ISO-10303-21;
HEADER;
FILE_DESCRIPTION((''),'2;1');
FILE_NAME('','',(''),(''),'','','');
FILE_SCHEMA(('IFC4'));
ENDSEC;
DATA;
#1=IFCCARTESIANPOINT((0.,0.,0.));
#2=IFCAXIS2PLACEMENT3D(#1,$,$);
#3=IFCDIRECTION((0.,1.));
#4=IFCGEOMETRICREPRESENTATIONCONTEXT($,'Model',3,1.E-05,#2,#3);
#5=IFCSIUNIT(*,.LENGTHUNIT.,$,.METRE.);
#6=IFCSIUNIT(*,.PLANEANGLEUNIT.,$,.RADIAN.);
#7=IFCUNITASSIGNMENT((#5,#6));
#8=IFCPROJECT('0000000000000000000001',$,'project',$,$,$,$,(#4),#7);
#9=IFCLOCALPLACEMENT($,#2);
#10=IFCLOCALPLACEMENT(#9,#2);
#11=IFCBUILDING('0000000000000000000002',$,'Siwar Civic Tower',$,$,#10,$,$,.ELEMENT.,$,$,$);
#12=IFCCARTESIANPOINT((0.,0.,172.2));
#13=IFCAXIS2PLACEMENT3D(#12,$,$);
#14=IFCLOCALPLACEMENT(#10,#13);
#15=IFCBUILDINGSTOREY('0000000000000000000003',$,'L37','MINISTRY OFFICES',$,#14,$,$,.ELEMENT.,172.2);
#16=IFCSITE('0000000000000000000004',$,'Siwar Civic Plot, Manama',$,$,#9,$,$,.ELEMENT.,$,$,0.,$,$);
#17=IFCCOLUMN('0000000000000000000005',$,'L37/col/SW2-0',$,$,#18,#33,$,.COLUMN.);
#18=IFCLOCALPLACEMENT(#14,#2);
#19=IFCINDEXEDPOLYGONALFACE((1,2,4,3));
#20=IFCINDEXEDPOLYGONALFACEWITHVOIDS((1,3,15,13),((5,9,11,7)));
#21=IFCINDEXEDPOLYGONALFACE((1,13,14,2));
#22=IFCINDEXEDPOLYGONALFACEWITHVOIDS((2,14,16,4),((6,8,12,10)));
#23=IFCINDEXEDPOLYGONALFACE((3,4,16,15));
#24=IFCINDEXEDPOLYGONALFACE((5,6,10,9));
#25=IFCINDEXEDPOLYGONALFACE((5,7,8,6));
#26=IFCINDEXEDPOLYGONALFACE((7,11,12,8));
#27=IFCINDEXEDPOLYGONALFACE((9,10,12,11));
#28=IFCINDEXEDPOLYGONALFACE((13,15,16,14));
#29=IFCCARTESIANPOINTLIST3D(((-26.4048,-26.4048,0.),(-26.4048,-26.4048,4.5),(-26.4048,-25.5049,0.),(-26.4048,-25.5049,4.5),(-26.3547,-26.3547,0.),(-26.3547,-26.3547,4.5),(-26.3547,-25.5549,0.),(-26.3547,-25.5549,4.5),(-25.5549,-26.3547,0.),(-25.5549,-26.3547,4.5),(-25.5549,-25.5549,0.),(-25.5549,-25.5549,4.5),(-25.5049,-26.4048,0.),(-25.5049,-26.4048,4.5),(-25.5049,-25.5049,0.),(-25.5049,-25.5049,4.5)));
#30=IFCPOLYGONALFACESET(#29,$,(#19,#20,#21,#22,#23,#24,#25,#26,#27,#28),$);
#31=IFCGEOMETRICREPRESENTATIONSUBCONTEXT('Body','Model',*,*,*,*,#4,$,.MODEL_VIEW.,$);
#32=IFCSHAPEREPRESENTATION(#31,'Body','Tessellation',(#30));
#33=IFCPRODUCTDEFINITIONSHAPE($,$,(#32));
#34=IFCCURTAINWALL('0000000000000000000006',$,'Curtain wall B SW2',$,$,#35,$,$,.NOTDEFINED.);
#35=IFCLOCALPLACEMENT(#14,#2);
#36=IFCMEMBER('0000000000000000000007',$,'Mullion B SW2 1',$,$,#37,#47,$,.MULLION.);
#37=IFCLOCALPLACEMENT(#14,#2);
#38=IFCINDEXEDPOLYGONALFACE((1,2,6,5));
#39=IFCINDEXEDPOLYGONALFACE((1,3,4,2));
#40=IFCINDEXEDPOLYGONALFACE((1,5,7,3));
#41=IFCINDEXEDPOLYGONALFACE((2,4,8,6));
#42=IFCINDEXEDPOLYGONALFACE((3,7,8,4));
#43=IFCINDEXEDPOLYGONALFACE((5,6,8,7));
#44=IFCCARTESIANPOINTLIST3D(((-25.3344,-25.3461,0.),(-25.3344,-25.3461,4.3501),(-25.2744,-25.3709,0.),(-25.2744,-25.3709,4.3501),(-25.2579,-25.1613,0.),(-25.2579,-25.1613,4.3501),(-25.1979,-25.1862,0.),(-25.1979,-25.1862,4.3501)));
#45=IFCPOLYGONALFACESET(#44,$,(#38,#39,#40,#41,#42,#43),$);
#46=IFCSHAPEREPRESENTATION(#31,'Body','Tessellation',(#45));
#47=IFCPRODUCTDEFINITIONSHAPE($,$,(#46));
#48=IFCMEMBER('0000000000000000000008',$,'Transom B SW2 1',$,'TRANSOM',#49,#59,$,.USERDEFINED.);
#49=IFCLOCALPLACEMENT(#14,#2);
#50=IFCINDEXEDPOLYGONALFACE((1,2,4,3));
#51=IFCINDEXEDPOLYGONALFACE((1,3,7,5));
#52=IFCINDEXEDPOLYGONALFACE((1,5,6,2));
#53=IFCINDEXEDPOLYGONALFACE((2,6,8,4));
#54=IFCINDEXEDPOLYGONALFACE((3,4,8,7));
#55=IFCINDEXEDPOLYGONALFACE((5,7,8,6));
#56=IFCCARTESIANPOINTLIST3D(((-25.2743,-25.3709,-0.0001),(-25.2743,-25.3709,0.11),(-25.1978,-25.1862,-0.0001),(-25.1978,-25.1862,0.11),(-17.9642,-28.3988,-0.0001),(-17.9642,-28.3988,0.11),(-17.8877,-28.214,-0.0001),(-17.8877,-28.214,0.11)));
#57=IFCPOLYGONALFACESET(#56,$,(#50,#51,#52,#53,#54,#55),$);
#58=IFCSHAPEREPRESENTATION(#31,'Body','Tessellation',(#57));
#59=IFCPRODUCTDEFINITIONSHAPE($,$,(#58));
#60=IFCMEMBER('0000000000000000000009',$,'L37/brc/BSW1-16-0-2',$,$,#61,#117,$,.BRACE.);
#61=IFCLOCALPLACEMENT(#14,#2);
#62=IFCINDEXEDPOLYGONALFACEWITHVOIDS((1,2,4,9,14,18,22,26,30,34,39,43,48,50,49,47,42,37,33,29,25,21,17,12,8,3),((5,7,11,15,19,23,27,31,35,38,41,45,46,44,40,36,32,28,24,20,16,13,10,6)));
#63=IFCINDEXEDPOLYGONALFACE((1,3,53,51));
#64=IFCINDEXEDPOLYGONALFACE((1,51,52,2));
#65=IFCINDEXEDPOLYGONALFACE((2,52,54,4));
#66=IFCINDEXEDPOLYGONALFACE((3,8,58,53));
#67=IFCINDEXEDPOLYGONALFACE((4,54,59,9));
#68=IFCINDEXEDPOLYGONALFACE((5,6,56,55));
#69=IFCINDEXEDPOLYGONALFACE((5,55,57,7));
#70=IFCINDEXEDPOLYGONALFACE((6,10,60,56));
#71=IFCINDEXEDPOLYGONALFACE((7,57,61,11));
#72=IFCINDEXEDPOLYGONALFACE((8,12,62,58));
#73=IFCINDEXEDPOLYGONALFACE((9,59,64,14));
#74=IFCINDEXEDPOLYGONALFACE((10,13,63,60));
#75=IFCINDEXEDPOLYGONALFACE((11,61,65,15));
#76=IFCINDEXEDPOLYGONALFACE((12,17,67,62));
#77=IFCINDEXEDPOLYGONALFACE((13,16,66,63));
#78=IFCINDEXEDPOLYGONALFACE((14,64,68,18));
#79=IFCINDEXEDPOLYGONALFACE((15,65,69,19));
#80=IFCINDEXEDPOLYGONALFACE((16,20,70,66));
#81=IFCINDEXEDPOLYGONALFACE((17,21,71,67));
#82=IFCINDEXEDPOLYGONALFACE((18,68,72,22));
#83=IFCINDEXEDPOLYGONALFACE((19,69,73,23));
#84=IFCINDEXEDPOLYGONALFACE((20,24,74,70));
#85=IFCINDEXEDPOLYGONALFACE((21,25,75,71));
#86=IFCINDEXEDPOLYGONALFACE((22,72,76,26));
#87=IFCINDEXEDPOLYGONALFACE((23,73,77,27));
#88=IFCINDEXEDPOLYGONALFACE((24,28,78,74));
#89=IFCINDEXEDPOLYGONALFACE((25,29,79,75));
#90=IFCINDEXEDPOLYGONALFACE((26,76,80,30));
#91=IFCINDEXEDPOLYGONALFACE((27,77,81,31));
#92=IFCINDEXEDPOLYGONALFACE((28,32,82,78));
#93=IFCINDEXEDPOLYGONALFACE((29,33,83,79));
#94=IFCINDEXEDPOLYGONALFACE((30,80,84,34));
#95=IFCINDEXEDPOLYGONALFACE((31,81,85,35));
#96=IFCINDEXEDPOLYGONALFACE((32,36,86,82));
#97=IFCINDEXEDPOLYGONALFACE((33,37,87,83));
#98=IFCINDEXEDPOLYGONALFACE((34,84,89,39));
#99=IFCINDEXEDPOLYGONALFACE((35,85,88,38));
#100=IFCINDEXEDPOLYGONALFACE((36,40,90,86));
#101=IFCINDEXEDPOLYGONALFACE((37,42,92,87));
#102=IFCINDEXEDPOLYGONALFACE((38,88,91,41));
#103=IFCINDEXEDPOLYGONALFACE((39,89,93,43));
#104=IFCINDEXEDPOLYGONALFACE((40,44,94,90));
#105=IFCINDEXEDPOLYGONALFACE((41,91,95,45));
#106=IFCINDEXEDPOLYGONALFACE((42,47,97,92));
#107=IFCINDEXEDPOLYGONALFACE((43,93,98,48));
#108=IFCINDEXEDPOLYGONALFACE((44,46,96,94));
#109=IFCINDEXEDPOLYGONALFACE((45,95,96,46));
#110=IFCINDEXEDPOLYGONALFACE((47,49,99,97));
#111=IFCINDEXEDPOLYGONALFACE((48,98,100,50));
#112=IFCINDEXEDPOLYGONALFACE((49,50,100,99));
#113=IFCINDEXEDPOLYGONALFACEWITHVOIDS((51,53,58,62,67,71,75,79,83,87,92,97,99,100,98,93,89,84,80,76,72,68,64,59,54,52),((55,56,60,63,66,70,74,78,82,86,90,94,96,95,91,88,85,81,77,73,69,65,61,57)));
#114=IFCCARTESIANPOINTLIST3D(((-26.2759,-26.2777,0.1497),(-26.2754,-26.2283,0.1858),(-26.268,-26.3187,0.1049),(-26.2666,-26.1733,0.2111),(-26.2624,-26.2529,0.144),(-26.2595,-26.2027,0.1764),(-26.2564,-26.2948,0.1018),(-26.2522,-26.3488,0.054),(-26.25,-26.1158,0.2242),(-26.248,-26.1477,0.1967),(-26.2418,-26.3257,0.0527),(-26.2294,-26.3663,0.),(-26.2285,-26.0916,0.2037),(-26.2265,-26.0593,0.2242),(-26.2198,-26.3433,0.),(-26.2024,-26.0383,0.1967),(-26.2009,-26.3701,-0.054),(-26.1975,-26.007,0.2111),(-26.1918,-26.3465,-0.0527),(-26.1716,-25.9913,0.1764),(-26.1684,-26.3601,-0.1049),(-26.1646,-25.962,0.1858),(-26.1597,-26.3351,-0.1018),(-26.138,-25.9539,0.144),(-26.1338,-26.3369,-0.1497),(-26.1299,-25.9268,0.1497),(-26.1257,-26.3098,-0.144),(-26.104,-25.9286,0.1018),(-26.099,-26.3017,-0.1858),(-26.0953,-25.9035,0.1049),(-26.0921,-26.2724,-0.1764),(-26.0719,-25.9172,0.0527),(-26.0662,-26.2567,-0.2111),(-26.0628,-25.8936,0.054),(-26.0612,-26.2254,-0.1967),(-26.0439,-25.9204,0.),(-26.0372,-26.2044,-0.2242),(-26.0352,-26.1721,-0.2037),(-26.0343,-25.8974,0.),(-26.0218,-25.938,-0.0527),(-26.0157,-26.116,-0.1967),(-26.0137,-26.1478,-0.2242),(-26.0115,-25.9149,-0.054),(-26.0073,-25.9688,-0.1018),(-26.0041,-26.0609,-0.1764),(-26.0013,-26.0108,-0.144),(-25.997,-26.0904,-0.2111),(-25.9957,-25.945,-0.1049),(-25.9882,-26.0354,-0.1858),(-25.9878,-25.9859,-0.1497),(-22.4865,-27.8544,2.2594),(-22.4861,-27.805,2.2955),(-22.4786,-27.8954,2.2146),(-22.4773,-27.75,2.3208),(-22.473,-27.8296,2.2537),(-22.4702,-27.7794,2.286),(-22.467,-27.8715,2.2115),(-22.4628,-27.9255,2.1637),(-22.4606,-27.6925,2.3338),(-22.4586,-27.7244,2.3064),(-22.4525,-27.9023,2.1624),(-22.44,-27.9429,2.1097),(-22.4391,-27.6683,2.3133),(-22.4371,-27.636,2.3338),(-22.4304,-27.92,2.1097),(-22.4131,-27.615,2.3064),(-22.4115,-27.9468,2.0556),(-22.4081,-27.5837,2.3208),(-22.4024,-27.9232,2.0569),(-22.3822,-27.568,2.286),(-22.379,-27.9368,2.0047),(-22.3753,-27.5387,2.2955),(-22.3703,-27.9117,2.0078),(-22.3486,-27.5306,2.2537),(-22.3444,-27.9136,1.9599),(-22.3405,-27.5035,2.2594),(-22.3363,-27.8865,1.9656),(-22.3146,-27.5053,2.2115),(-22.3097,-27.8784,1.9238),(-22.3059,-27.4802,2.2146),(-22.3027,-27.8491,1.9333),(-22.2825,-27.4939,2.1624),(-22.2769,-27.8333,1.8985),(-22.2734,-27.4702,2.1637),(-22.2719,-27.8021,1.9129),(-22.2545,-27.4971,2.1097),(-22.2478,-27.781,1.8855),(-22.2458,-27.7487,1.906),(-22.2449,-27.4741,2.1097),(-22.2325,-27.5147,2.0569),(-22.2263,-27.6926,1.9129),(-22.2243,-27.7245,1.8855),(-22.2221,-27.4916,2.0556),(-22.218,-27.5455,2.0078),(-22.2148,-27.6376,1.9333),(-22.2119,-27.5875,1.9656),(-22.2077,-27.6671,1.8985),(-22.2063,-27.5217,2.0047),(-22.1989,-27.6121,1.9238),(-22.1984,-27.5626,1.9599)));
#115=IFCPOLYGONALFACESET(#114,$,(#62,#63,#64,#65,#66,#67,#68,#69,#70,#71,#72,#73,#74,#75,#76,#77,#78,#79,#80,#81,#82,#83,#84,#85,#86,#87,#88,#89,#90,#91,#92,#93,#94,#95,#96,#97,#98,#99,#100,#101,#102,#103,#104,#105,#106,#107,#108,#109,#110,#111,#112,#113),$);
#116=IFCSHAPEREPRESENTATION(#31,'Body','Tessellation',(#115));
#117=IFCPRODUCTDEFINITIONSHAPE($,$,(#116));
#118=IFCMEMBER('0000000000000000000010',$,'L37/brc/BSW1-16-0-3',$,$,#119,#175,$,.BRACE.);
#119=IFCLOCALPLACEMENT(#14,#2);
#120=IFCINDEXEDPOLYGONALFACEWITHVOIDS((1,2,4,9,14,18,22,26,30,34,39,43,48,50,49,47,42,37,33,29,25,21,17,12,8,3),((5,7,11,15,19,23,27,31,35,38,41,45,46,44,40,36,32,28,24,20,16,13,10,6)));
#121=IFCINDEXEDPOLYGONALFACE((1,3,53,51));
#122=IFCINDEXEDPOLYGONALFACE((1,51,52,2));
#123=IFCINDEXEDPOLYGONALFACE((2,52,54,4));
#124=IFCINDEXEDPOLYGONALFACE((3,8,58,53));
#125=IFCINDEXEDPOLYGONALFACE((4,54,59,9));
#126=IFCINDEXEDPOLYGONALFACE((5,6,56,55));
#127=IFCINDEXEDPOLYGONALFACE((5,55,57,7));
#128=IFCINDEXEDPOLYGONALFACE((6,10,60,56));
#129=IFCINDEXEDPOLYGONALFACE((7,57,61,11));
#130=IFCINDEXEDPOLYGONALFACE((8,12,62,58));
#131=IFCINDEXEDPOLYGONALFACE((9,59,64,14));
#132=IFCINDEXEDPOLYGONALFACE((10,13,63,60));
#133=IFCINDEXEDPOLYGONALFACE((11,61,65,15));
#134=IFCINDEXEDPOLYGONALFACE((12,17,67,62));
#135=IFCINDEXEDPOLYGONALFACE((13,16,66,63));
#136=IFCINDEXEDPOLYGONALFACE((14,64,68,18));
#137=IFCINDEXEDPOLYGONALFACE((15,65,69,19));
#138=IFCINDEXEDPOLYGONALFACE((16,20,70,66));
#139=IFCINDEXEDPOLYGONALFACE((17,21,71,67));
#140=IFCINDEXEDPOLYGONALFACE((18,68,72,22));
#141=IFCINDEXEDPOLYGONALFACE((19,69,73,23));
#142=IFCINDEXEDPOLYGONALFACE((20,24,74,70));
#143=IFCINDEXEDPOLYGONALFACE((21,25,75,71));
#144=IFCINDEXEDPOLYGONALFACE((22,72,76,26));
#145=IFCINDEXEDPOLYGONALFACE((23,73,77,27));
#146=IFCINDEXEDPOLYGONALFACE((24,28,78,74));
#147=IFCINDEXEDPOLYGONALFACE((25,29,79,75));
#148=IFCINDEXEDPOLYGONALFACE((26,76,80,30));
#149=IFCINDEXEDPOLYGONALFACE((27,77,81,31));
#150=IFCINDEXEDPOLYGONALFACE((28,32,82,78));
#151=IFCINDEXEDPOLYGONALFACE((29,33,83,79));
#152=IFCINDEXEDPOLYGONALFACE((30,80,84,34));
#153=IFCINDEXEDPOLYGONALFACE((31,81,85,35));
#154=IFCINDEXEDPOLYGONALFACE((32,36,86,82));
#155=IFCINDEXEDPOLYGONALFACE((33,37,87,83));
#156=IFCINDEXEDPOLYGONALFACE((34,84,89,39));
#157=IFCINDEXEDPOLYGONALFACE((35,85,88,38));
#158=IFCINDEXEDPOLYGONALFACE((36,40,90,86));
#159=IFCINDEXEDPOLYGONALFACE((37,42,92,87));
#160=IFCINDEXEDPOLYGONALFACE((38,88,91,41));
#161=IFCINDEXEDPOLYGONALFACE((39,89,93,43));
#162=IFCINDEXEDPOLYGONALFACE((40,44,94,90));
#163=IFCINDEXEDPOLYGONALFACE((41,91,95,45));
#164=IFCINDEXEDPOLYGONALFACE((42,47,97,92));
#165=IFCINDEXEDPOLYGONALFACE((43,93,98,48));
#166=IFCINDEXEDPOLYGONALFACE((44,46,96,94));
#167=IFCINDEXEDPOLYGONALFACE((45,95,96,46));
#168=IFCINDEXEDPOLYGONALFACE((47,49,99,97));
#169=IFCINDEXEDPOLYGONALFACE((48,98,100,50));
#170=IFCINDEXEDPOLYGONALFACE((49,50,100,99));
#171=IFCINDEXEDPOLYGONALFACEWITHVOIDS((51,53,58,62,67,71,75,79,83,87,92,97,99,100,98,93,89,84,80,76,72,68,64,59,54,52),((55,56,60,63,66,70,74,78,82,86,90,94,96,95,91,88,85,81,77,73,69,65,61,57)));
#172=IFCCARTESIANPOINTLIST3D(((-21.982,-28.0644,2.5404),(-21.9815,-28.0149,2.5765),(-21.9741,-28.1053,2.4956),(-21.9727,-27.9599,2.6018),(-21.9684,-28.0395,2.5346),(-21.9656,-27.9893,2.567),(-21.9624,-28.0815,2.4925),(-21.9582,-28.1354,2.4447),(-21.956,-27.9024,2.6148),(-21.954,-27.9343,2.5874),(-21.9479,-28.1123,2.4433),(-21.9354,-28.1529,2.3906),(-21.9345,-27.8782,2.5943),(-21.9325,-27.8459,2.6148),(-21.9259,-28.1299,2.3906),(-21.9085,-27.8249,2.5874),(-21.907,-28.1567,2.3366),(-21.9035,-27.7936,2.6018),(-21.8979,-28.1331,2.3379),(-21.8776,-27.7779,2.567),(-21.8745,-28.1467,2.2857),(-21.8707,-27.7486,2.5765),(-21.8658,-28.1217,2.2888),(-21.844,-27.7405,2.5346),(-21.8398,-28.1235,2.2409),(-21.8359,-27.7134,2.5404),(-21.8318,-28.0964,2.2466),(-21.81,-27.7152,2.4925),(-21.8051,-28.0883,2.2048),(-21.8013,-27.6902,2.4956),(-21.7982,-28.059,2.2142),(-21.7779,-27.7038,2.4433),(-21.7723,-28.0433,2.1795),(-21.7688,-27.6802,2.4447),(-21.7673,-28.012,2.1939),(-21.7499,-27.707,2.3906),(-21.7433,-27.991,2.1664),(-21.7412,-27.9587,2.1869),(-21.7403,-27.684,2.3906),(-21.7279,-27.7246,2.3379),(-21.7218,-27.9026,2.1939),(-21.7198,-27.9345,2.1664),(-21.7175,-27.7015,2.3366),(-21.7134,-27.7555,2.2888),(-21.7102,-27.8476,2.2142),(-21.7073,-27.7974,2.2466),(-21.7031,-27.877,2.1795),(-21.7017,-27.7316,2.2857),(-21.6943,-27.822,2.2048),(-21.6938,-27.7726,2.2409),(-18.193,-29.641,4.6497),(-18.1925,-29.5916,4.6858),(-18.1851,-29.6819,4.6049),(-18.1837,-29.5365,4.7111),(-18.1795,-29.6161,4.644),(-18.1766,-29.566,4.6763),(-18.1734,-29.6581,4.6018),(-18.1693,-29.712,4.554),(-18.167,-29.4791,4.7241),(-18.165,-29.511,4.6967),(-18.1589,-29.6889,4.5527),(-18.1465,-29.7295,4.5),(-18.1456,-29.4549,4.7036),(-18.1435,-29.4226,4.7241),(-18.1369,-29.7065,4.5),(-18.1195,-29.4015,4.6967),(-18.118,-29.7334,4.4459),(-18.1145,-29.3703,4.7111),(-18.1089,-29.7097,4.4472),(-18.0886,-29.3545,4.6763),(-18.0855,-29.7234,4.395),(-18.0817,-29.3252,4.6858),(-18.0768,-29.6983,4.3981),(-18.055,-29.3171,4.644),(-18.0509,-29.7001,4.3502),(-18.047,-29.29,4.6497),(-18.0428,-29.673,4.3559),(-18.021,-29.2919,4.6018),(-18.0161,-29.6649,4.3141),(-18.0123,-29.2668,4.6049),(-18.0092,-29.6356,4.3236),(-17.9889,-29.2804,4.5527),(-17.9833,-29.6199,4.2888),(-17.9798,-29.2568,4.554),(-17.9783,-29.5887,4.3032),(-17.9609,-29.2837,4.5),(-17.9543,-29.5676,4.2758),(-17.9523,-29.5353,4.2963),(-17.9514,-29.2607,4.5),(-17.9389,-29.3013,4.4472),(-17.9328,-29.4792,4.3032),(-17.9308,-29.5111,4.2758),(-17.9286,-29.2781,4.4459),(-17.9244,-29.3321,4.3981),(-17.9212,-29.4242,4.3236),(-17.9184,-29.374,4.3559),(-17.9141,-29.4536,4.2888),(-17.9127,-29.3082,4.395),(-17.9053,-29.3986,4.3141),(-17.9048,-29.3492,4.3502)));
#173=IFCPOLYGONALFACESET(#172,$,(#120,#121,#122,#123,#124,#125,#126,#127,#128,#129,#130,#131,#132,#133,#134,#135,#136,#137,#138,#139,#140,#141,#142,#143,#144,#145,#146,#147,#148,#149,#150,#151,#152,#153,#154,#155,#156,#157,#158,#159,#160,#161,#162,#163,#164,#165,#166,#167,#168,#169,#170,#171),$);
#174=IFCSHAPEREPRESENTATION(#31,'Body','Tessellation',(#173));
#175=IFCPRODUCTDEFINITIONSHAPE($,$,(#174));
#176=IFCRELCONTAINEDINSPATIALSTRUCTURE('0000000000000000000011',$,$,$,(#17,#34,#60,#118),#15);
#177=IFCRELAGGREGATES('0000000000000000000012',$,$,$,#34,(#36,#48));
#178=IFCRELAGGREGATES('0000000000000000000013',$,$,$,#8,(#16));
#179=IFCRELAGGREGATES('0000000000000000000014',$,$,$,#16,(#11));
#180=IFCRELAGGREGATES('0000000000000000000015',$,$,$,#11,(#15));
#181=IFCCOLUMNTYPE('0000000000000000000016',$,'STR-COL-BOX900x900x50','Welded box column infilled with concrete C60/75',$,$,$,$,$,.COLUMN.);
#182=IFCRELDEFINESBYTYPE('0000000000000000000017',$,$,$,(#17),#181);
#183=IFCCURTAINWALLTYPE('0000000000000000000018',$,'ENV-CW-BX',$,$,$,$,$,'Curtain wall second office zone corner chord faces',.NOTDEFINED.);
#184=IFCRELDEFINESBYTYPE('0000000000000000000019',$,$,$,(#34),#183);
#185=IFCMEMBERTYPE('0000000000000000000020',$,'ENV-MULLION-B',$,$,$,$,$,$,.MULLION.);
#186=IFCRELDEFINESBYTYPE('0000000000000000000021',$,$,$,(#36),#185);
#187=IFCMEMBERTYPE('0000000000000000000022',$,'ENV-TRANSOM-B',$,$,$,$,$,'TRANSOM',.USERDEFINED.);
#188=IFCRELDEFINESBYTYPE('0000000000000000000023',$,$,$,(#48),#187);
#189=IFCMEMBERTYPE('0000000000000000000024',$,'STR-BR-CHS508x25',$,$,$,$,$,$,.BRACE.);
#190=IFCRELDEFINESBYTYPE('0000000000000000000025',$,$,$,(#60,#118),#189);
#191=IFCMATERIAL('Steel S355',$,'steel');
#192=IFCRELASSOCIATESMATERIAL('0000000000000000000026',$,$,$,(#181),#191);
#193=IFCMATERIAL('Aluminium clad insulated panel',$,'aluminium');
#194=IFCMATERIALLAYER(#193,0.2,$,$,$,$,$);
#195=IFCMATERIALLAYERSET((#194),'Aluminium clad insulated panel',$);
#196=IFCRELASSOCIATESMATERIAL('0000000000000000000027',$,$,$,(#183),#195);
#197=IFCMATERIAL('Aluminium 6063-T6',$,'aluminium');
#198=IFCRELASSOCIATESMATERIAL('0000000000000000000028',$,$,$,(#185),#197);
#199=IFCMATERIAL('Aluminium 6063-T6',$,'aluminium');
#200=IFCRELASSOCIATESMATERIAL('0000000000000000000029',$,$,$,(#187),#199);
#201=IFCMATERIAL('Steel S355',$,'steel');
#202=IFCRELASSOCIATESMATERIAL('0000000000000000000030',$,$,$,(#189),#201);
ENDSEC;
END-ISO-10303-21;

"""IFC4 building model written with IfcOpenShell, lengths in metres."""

from ifc_helpers import new_model, si_unit, direction, frame, origin, origin_2d, place, context, subcontext, project, spatial, rectangle, hollow_rectangle, hollow_circle, extrude, material, layer, layer_set, material_profile, profile_set, type_object, element, aggregate, save


model = new_model("IFC4")

# Units and contexts
model_context = context("Model", 3, precision=1e-05, world=origin(), true_north=direction((0.0, 1.0)))
body_context = subcontext(model_context, "Body", "Model", "MODEL_VIEW")
ifc_project = project(units=[si_unit("LENGTHUNIT", "METRE"), si_unit("PLANEANGLEUNIT", "RADIAN")], contexts=[model_context])

# Site, building, storey
site_placement = place(None, origin())
site = spatial("IfcSite", under=ifc_project, at=site_placement, Name="Siwar Civic Plot, Manama", CompositionType="ELEMENT", RefElevation=0.0)
building_placement = place(site_placement, origin())
building = spatial("IfcBuilding", under=site, at=building_placement, Name="Siwar Civic Tower", CompositionType="ELEMENT")
storey_placement = place(building_placement, frame((0.0, 0.0, 172.2)))
storey = spatial("IfcBuildingStorey", under=building, at=storey_placement, Name="L37", Description="MINISTRY OFFICES", CompositionType="ELEMENT", Elevation=172.2)

# Column
ifc_material_1 = material(Name="Steel S355", Category="steel")
ifc_material_profile_1 = material_profile(ifc_material_1, hollow_rectangle(XDim=0.8999, YDim=0.8999, WallThickness=0.05, at=origin_2d()), Name="BOX900x900x50")
ifc_profile_set_1 = profile_set([ifc_material_profile_1], Name="Steel S355")
column_type = type_object("IfcColumnType", Name="STR-COL-BOX900x900x50", Description="Welded box column infilled with concrete C60/75", PredefinedType="COLUMN", material=ifc_profile_set_1)
column_placement = place(storey_placement, frame((-25.9548, -25.9548, 0.0), z_axis=(0.0, 0.0, 1.0), x_axis=(1.0, 0.0, 0.0)))
element("IfcColumn", 1, at=column_placement, inside=storey, type_object=column_type, Name="L37/col/SW2-0", PredefinedType="COLUMN", context=body_context, shape_type="SweptSolid", body=[
    extrude(hollow_rectangle(XDim=0.8999, YDim=0.8999, WallThickness=0.05, at=origin_2d()), origin(), (0.0, 0.0, 1.0), 4.5),
])

# Curtain wall, members
ifc_material_2 = material(Name="Aluminium clad insulated panel", Category="aluminium")
ifc_layer_1 = layer(ifc_material_2, 0.2)
ifc_layer_set_1 = layer_set([ifc_layer_1], Name="Aluminium clad insulated panel")
curtain_wall_type = type_object("IfcCurtainWallType", Name="ENV-CW-BX", ElementType="Curtain wall second office zone corner chord faces", PredefinedType="NOTDEFINED", material=ifc_layer_set_1)
curtain_wall_placement = place(storey_placement, origin())
curtain_wall = element("IfcCurtainWall", 2, at=curtain_wall_placement, inside=storey, type_object=curtain_wall_type, Name="Curtain wall B SW2", PredefinedType="NOTDEFINED")
ifc_material_3 = material(Name="Aluminium 6063-T6", Category="aluminium")
ifc_material_profile_2 = material_profile(ifc_material_3, rectangle(XDim=0.2, YDim=0.0649, at=origin_2d()), Name="AL 200x65")
ifc_profile_set_2 = profile_set([ifc_material_profile_2], Name="Aluminium 6063-T6")
member_type_1 = type_object("IfcMemberType", Name="ENV-MULLION-B", PredefinedType="MULLION", material=ifc_profile_set_2)
member_1_placement = place(storey_placement, frame((-25.2661, -25.2661, 0.0), z_axis=(0.0, 0.0, 1.0), x_axis=(0.382683, 0.92388, 0.0)))
member_1 = element("IfcMember", 3, at=member_1_placement, type_object=member_type_1, Name="Mullion B SW2 1", PredefinedType="MULLION", context=body_context, shape_type="SweptSolid", body=[
    extrude(rectangle(XDim=0.2, YDim=0.0649, at=origin_2d()), origin(), (0.0, 0.0, 1.0), 4.3501),
])
ifc_material_4 = material(Name="Aluminium 6063-T6", Category="aluminium")
ifc_material_profile_3 = material_profile(ifc_material_4, rectangle(XDim=0.2, YDim=0.1101, at=origin_2d()), Name="AL 200x110")
ifc_profile_set_3 = profile_set([ifc_material_profile_3], Name="Aluminium 6063-T6")
member_type_2 = type_object("IfcMemberType", Name="ENV-TRANSOM-B", ElementType="TRANSOM", PredefinedType="USERDEFINED", material=ifc_profile_set_3)
member_2_placement = place(storey_placement, frame((-25.2361, -25.2786, 0.0549), z_axis=(0.923884, -0.382673, 0.0), x_axis=(0.382673, 0.923884, 0.0)))
member_2 = element("IfcMember", 4, at=member_2_placement, type_object=member_type_2, Name="Transom B SW2 1", ObjectType="TRANSOM", PredefinedType="USERDEFINED", context=body_context, shape_type="SweptSolid", body=[
    extrude(rectangle(XDim=0.2, YDim=0.1101, at=origin_2d()), origin(), (0.0, 0.0, 1.0), 7.9124),
])

# Members
ifc_material_5 = material(Name="Steel S355", Category="steel")
ifc_material_profile_4 = material_profile(ifc_material_5, hollow_circle(Radius=0.2539, WallThickness=0.0249, at=origin_2d()), Name="CHS508x25")
ifc_profile_set_4 = profile_set([ifc_material_profile_4], Name="Steel S355")
member_type_3 = type_object("IfcMemberType", Name="STR-BR-CHS508x25", PredefinedType="BRACE", material=ifc_profile_set_4)
member_3_placement = place(storey_placement, frame((-26.1318, -26.1318, 0.0), z_axis=(0.821143, -0.341662, 0.457155), x_axis=(0.384155, 0.923269, 0.0)))
element("IfcMember", 5, at=member_3_placement, inside=storey, type_object=member_type_3, Name="L37/brc/BSW1-16-0-2", PredefinedType="BRACE", context=body_context, shape_type="SweptSolid", body=[
    extrude(hollow_circle(Radius=0.2539, WallThickness=0.0249, at=origin_2d()), origin(), (0.0, 0.0, 1.0), 4.6147),
])
member_4_placement = place(storey_placement, frame((-21.8379, -27.9185, 2.3906), z_axis=(0.821146, -0.341686, 0.457133), x_axis=(0.384176, 0.92326, 0.0)))
element("IfcMember", 6, at=member_4_placement, inside=storey, type_object=member_type_3, Name="L37/brc/BSW1-16-0-3", PredefinedType="BRACE", context=body_context, shape_type="SweptSolid", body=[
    extrude(hollow_circle(Radius=0.2539, WallThickness=0.0249, at=origin_2d()), origin(), (0.0, 0.0, 1.0), 4.6143),
])

aggregate(curtain_wall, [member_1, member_2])

save(model, "model.ifc")
